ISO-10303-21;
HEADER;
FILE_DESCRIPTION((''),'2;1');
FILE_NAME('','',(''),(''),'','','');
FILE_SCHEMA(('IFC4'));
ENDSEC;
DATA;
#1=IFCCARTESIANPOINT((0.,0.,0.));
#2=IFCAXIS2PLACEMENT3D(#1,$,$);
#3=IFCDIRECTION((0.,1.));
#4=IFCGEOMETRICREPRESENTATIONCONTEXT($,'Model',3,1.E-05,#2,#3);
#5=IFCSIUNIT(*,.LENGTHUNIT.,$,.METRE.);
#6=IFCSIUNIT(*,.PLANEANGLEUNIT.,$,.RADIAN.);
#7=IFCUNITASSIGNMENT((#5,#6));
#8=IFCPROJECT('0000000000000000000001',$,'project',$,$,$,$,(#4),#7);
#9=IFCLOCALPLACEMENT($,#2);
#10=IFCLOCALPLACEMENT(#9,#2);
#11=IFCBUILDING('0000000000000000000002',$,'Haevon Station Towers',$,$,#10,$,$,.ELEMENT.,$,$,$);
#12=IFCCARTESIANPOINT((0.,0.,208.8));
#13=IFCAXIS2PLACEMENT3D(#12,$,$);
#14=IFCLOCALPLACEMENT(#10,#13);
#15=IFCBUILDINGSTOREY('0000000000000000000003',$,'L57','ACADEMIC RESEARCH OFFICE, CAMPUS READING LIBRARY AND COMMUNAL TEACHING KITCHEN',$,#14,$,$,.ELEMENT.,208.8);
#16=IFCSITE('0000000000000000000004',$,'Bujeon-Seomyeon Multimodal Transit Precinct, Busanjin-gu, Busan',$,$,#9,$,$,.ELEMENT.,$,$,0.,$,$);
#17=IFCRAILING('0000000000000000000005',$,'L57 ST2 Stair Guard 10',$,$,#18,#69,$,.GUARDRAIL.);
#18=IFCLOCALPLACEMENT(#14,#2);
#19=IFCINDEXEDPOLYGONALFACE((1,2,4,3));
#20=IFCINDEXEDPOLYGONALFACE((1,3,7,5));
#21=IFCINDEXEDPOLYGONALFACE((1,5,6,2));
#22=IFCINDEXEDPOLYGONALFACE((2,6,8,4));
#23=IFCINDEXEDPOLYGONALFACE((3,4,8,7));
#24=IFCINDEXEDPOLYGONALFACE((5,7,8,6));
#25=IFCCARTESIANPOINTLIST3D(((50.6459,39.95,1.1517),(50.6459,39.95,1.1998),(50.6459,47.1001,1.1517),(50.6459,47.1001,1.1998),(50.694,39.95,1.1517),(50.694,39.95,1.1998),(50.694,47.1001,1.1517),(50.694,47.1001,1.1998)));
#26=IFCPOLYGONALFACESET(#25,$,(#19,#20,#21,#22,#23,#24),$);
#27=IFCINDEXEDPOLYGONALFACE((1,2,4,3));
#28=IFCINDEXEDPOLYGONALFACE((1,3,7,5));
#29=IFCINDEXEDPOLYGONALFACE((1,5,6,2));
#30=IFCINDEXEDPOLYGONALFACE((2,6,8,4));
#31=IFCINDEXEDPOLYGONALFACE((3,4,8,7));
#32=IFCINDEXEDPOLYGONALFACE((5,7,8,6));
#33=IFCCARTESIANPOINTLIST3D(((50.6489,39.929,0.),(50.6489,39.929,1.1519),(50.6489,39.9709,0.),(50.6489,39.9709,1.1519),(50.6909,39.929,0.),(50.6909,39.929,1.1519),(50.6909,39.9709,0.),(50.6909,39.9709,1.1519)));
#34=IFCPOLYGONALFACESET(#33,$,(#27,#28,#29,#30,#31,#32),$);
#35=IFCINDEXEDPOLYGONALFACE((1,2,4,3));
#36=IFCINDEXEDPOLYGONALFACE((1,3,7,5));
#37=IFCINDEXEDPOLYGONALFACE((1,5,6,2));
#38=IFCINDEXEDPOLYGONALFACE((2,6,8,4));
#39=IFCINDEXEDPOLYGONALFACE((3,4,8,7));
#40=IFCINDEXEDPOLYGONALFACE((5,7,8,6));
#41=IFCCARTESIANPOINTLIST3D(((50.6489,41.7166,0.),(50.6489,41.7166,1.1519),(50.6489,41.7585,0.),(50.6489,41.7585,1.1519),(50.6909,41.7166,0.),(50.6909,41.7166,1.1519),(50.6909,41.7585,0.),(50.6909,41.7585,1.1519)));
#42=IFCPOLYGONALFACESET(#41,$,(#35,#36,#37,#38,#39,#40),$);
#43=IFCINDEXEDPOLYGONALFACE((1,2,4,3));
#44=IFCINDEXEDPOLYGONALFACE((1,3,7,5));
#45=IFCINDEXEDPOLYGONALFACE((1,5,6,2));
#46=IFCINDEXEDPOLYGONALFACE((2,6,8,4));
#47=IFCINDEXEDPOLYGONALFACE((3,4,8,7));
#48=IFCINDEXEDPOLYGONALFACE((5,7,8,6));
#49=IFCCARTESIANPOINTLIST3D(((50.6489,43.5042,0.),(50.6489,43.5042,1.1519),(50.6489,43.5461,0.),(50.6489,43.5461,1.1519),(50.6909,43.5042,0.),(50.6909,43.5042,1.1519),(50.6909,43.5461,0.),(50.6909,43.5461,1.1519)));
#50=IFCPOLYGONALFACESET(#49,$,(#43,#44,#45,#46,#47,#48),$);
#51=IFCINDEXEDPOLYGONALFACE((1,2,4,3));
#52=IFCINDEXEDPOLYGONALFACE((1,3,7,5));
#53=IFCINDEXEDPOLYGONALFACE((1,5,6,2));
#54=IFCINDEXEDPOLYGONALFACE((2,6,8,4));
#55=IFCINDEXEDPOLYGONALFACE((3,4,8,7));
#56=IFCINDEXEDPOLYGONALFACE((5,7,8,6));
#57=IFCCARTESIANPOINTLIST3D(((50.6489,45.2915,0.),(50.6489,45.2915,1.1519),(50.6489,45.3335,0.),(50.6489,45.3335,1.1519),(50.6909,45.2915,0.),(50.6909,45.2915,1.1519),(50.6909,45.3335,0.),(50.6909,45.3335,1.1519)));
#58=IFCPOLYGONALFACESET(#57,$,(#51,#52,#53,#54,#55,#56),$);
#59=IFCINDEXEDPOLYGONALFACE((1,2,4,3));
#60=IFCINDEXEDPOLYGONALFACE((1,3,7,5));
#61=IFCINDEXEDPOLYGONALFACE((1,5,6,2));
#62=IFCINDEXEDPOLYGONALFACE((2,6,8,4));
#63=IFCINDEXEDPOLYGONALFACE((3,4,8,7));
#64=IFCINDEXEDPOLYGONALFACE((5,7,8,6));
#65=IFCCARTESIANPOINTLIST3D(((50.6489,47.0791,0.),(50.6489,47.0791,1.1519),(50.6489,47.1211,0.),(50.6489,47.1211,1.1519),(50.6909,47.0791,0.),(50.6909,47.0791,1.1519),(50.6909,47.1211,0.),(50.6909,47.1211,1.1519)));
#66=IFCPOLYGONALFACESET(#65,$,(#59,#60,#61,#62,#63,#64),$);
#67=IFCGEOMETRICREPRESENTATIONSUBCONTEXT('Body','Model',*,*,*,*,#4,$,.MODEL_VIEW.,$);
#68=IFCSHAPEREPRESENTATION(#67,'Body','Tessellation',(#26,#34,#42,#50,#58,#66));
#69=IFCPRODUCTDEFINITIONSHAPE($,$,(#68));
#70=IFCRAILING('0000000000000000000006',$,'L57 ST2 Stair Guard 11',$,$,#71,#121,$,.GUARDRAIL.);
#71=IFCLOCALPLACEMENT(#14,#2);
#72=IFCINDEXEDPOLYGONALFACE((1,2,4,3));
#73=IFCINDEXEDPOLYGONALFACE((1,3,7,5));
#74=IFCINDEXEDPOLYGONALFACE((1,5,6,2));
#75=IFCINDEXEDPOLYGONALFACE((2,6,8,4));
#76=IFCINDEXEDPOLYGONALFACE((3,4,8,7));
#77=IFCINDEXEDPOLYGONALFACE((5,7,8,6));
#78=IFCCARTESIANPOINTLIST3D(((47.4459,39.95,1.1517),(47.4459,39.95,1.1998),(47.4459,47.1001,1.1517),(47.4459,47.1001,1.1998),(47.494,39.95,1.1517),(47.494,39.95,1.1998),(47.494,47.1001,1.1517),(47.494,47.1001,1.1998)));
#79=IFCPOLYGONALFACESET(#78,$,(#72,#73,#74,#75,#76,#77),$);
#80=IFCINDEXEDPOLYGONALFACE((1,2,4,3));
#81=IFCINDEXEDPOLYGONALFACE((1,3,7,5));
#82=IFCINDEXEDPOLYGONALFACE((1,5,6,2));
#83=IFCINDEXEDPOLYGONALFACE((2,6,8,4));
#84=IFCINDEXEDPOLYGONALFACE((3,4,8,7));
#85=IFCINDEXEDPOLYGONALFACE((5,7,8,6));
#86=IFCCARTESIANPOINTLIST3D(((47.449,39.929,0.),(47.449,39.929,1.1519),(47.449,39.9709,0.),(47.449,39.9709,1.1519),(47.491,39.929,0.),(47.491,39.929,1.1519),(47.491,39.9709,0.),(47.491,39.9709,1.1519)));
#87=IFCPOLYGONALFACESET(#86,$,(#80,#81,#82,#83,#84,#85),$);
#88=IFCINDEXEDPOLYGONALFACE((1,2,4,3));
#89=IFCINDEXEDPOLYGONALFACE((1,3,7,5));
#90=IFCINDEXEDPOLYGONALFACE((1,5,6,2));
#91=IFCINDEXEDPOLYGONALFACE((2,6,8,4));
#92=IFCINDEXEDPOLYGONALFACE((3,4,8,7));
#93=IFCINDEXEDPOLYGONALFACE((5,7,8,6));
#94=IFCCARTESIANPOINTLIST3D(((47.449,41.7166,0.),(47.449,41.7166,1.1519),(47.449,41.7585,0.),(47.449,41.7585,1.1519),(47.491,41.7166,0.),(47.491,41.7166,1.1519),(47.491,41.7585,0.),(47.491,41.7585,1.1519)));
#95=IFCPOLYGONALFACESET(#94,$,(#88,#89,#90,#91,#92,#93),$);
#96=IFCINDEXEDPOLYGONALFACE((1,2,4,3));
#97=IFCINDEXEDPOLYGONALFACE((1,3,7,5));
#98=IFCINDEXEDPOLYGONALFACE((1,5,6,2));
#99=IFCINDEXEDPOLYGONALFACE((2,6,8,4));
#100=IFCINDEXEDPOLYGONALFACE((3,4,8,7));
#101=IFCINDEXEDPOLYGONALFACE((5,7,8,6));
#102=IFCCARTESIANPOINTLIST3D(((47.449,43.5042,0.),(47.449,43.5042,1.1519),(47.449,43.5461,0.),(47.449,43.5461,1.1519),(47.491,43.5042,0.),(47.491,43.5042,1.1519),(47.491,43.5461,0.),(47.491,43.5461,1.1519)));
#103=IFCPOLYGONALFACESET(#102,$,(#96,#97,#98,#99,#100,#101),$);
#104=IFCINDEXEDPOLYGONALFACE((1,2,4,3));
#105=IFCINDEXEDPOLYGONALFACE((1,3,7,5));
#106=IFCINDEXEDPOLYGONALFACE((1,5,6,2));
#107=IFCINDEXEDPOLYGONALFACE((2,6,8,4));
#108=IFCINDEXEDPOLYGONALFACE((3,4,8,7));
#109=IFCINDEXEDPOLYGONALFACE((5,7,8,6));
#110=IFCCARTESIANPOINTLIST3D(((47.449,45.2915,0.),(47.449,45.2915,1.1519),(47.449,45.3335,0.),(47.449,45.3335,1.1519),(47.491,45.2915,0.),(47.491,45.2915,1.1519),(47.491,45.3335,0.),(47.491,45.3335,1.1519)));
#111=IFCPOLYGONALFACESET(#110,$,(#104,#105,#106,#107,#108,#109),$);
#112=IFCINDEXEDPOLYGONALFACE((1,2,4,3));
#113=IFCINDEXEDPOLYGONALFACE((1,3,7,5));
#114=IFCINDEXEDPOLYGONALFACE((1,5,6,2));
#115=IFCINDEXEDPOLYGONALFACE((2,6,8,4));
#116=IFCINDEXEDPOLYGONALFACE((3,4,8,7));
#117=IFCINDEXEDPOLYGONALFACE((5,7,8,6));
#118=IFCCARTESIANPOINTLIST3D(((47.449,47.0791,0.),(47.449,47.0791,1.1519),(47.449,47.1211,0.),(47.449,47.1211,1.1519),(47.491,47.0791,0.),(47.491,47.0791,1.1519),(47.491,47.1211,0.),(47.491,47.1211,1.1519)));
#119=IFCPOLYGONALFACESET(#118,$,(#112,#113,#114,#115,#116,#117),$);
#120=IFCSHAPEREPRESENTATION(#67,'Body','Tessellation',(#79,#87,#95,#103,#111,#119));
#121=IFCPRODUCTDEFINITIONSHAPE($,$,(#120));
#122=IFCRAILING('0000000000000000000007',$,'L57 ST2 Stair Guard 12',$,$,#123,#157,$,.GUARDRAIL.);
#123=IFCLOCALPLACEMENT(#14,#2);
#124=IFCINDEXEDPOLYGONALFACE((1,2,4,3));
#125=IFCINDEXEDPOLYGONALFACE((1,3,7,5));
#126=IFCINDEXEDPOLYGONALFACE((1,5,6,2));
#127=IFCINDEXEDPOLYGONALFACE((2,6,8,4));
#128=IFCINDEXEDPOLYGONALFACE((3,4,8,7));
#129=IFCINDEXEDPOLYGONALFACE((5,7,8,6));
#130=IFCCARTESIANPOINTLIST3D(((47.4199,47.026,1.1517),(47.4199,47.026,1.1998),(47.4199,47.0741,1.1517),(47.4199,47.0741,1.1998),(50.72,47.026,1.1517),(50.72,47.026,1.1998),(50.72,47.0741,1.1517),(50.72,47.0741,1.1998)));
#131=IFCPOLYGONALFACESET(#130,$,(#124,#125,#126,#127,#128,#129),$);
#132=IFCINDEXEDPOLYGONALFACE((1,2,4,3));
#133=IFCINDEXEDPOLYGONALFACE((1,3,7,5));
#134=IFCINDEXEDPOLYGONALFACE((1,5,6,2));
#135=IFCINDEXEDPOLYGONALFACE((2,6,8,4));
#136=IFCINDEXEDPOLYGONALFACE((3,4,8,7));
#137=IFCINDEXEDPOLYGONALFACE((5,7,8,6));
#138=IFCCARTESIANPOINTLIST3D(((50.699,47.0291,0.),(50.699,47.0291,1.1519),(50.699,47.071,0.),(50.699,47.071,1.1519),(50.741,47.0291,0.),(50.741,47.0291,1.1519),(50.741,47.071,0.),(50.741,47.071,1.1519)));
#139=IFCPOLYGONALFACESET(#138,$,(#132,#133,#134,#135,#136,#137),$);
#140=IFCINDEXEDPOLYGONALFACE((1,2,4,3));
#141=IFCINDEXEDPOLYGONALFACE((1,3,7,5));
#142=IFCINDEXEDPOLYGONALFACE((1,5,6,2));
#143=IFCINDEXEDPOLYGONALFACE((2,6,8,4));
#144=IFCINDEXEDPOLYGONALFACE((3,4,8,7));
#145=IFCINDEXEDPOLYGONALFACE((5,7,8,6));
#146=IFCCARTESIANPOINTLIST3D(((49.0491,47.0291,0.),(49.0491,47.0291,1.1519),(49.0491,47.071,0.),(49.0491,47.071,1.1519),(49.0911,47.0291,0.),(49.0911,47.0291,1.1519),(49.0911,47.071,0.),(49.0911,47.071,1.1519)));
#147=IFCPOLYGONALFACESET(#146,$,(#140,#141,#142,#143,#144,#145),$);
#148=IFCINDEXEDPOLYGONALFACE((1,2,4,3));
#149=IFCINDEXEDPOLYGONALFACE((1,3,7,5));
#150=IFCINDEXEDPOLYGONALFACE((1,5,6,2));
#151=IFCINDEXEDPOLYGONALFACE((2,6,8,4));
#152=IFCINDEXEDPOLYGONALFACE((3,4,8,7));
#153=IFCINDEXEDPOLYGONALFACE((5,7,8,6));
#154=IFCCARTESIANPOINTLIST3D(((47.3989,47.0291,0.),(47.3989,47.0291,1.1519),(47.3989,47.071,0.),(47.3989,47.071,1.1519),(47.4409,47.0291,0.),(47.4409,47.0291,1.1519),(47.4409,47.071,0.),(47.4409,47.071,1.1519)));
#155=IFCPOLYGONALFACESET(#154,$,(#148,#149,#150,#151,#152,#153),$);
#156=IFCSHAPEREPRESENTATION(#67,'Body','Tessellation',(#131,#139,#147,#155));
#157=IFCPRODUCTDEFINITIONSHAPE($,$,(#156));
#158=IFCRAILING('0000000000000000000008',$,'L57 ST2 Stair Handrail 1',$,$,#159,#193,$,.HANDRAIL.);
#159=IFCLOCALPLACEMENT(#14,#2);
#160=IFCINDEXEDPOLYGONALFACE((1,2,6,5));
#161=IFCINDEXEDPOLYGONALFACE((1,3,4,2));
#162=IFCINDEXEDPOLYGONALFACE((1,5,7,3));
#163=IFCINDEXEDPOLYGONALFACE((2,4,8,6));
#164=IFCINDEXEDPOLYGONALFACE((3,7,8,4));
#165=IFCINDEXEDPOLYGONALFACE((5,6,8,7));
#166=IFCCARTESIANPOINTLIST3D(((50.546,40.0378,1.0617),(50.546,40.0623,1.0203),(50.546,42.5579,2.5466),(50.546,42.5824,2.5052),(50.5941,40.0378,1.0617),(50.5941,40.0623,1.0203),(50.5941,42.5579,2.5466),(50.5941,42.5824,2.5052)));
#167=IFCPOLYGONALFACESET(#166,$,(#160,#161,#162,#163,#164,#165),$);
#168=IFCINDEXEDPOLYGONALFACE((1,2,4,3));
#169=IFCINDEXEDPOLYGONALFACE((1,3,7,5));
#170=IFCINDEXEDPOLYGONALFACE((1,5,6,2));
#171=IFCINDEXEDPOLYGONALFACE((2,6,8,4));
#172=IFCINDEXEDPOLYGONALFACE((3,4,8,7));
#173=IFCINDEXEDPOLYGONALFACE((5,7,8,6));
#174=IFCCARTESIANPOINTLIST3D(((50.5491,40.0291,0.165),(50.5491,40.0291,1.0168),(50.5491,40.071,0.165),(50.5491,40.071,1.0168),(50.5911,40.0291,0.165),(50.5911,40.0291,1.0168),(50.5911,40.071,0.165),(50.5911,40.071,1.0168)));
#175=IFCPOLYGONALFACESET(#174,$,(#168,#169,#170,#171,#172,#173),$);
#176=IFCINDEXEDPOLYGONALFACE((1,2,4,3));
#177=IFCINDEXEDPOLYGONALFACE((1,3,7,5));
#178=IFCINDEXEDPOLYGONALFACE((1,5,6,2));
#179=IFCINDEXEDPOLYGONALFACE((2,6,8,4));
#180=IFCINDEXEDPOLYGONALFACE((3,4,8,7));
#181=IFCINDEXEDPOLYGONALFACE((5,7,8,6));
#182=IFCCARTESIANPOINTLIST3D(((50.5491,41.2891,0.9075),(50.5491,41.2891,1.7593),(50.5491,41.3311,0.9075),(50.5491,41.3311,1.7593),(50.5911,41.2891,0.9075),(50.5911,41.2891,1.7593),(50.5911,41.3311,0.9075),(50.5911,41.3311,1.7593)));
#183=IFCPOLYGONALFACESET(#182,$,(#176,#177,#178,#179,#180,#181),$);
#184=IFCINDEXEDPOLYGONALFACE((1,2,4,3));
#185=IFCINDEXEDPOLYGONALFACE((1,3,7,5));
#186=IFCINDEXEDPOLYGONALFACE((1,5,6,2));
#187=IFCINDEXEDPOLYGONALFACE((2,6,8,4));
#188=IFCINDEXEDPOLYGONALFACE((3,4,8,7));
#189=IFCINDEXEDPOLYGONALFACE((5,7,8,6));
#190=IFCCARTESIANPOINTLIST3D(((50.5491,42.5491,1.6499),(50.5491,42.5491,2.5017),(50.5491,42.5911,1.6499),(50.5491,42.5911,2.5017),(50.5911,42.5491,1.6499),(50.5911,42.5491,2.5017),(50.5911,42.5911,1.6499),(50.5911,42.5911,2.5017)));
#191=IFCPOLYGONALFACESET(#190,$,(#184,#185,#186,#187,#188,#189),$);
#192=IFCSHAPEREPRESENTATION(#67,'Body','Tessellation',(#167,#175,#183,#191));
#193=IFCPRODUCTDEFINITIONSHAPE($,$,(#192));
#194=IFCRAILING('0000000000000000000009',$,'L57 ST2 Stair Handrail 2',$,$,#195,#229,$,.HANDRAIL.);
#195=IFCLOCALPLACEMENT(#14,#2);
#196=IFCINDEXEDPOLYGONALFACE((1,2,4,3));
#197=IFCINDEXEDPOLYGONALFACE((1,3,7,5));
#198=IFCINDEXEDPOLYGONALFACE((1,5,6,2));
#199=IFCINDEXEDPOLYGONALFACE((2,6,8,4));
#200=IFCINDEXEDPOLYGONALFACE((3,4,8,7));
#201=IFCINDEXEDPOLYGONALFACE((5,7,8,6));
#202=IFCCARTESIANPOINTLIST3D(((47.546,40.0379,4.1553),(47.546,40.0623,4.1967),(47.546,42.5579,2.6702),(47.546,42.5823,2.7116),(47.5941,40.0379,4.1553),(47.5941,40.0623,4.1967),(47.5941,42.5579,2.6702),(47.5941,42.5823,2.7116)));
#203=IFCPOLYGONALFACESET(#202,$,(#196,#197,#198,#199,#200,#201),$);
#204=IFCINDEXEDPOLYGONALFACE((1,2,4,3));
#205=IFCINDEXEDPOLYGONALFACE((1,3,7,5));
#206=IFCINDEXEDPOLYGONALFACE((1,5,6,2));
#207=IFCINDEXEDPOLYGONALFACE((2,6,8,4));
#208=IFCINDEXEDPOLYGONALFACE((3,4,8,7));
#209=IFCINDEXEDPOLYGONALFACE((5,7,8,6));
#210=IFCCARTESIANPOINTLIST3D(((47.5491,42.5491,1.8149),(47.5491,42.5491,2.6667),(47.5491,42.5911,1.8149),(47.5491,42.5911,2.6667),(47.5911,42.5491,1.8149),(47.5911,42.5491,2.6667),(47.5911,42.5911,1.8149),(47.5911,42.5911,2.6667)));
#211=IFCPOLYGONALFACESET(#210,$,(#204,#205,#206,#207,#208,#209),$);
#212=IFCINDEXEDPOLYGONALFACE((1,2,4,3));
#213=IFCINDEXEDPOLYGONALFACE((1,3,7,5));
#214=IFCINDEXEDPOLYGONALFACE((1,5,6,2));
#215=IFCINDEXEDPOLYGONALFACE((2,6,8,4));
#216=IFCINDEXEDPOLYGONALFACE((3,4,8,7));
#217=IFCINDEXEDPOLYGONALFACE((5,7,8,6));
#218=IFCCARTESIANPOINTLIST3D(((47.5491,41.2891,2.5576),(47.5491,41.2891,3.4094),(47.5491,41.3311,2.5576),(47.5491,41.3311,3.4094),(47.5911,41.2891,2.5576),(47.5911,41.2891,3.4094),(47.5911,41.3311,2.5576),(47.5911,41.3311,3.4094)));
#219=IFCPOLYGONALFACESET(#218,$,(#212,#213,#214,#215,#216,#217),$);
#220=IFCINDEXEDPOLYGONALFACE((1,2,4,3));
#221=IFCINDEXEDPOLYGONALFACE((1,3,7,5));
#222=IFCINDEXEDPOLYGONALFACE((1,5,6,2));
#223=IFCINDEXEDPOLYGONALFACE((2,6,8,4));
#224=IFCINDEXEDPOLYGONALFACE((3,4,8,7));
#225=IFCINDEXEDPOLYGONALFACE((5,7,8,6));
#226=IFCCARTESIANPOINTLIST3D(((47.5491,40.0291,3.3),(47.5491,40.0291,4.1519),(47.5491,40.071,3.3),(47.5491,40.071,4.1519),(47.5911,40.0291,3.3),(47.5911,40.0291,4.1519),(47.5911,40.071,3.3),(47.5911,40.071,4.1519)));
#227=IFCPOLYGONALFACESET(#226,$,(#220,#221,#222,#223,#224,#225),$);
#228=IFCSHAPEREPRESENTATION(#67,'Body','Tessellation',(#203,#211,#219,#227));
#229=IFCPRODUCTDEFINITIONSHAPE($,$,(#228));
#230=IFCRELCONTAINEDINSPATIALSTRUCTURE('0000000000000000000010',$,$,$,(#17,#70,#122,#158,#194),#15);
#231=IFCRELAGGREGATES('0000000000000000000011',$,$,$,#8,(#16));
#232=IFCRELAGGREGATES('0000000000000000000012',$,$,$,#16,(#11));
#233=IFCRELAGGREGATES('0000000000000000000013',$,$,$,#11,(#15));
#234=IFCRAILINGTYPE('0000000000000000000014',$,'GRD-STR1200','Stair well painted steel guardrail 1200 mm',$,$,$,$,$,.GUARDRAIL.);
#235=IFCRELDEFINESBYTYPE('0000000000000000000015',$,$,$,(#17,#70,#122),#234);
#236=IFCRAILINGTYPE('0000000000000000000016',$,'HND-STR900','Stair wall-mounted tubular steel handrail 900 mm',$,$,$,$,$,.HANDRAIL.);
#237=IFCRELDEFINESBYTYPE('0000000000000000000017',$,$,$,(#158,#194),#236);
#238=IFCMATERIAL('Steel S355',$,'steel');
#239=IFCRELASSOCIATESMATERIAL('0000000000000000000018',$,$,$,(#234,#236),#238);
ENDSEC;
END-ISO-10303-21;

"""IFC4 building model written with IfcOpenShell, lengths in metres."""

from ifc_helpers import new_model, si_unit, direction, frame, origin, origin_2d, place, context, subcontext, project, spatial, rectangle, extrude, material, type_object, element, save


model = new_model("IFC4")

# Units and contexts
model_context = context("Model", 3, precision=1e-05, world=origin(), true_north=direction((0.0, 1.0)))
body_context = subcontext(model_context, "Body", "Model", "MODEL_VIEW")
ifc_project = project(units=[si_unit("LENGTHUNIT", "METRE"), si_unit("PLANEANGLEUNIT", "RADIAN")], contexts=[model_context])

# Site, building, storey
site_placement = place(None, origin())
site = spatial("IfcSite", under=ifc_project, at=site_placement, Name="Bujeon-Seomyeon Multimodal Transit Precinct, Busanjin-gu, Busan", CompositionType="ELEMENT", RefElevation=0.0)
building_placement = place(site_placement, origin())
building = spatial("IfcBuilding", under=site, at=building_placement, Name="Haevon Station Towers", CompositionType="ELEMENT")
storey_placement = place(building_placement, frame((0.0, 0.0, 208.8)))
storey = spatial("IfcBuildingStorey", under=building, at=storey_placement, Name="L57", Description="ACADEMIC RESEARCH OFFICE, CAMPUS READING LIBRARY AND COMMUNAL TEACHING KITCHEN", CompositionType="ELEMENT", Elevation=208.8)

# Shared definitions
ifc_material_1 = material(Name="Steel S355", Category="steel")

# Railings
railing_type_1 = type_object("IfcRailingType", Name="GRD-STR1200", Description="Stair well painted steel guardrail 1200 mm", PredefinedType="GUARDRAIL", material=ifc_material_1)
for number, where, name in (
    (1, (50.6699, 39.95, 0.0), "L57 ST2 Stair Guard 10"),
    (2, (47.47, 39.95, 0.0), "L57 ST2 Stair Guard 11"),
):
    element("IfcRailing", number, at=place(storey_placement, frame(where)), inside=storey, type_object=railing_type_1, Name=name, PredefinedType="GUARDRAIL", context=body_context, shape_type="SweptSolid", body=[
        extrude(rectangle(XDim=0.0481, YDim=0.0481, at=origin_2d()), frame((0.0, 0.0, 1.1758), z_axis=(0.0, 1.0, 0.0), x_axis=(-1.0, 0.0, 0.0)), (0.0, 0.0, 1.0), 7.1501),
        extrude(rectangle(XDim=0.042, YDim=0.042, at=origin_2d()), origin(), (0.0, 0.0, 1.0), 1.1519),
        extrude(rectangle(XDim=0.042, YDim=0.042, at=origin_2d()), frame((0.0, 1.7876, 0.0)), (0.0, 0.0, 1.0), 1.1519),
        extrude(rectangle(XDim=0.042, YDim=0.042, at=origin_2d()), frame((0.0, 3.5752, 0.0)), (0.0, 0.0, 1.0), 1.1519),
        extrude(rectangle(XDim=0.042, YDim=0.042, at=origin_2d()), frame((0.0, 5.3625, 0.0)), (0.0, 0.0, 1.0), 1.1519),
        extrude(rectangle(XDim=0.042, YDim=0.042, at=origin_2d()), frame((0.0, 7.1501, 0.0)), (0.0, 0.0, 1.0), 1.1519),
    ])
railing_1_placement = place(storey_placement, frame((50.72, 47.05, 0.0)))
element("IfcRailing", 3, at=railing_1_placement, inside=storey, type_object=railing_type_1, Name="L57 ST2 Stair Guard 12", PredefinedType="GUARDRAIL", context=body_context, shape_type="SweptSolid", body=[
    extrude(rectangle(XDim=0.0481, YDim=0.0481, at=origin_2d()), frame((0.0, 0.0, 1.1758), z_axis=(-1.0, 0.0, 0.0), x_axis=(0.0, -1.0, 0.0)), (0.0, 0.0, 1.0), 3.3),
    extrude(rectangle(XDim=0.042, YDim=0.042, at=origin_2d()), origin(), (0.0, 0.0, 1.0), 1.1519),
    extrude(rectangle(XDim=0.042, YDim=0.042, at=origin_2d()), frame((-1.6499, 0.0, 0.0)), (0.0, 0.0, 1.0), 1.1519),
    extrude(rectangle(XDim=0.042, YDim=0.042, at=origin_2d()), frame((-3.3, 0.0, 0.0)), (0.0, 0.0, 1.0), 1.1519),
])
railing_type_2 = type_object("IfcRailingType", Name="HND-STR900", Description="Stair wall-mounted tubular steel handrail 900 mm", PredefinedType="HANDRAIL", material=ifc_material_1)
railing_2_placement = place(storey_placement, frame((50.5701, 40.05, 0.165)))
element("IfcRailing", 4, at=railing_2_placement, inside=storey, type_object=railing_type_2, Name="L57 ST2 Stair Handrail 1", PredefinedType="HANDRAIL", context=body_context, shape_type="SweptSolid", body=[
    extrude(rectangle(XDim=0.0481, YDim=0.0481, at=origin_2d()), frame((0.0, 0.0, 0.876), z_axis=(0.0, 0.861561, 0.507655), x_axis=(-1.0, 0.0, 0.0)), (0.0, 0.0, 1.0), 2.925),
    extrude(rectangle(XDim=0.042, YDim=0.042, at=origin_2d()), origin(), (0.0, 0.0, 1.0), 0.8518),
    extrude(rectangle(XDim=0.042, YDim=0.042, at=origin_2d()), frame((0.0, 1.26, 0.7424)), (0.0, 0.0, 1.0), 0.8518),
    extrude(rectangle(XDim=0.042, YDim=0.042, at=origin_2d()), frame((0.0, 2.52, 1.4849)), (0.0, 0.0, 1.0), 0.8518),
])
railing_3_placement = place(storey_placement, frame((47.5701, 42.5701, 1.8149)))
element("IfcRailing", 5, at=railing_3_placement, inside=storey, type_object=railing_type_2, Name="L57 ST2 Stair Handrail 2", PredefinedType="HANDRAIL", context=body_context, shape_type="SweptSolid", body=[
    extrude(rectangle(XDim=0.0481, YDim=0.0481, at=origin_2d()), frame((0.0, 0.0, 0.876), z_axis=(0.0, -0.861524, 0.507717), x_axis=(1.0, 0.0, 0.0)), (0.0, 0.0, 1.0), 2.925),
    extrude(rectangle(XDim=0.042, YDim=0.042, at=origin_2d()), origin(), (0.0, 0.0, 1.0), 0.8518),
    extrude(rectangle(XDim=0.042, YDim=0.042, at=origin_2d()), frame((0.0, -1.26, 0.7427)), (0.0, 0.0, 1.0), 0.8518),
    extrude(rectangle(XDim=0.042, YDim=0.042, at=origin_2d()), frame((0.0, -2.52, 1.4851)), (0.0, 0.0, 1.0), 0.8518),
])

save(model, "model.ifc")
